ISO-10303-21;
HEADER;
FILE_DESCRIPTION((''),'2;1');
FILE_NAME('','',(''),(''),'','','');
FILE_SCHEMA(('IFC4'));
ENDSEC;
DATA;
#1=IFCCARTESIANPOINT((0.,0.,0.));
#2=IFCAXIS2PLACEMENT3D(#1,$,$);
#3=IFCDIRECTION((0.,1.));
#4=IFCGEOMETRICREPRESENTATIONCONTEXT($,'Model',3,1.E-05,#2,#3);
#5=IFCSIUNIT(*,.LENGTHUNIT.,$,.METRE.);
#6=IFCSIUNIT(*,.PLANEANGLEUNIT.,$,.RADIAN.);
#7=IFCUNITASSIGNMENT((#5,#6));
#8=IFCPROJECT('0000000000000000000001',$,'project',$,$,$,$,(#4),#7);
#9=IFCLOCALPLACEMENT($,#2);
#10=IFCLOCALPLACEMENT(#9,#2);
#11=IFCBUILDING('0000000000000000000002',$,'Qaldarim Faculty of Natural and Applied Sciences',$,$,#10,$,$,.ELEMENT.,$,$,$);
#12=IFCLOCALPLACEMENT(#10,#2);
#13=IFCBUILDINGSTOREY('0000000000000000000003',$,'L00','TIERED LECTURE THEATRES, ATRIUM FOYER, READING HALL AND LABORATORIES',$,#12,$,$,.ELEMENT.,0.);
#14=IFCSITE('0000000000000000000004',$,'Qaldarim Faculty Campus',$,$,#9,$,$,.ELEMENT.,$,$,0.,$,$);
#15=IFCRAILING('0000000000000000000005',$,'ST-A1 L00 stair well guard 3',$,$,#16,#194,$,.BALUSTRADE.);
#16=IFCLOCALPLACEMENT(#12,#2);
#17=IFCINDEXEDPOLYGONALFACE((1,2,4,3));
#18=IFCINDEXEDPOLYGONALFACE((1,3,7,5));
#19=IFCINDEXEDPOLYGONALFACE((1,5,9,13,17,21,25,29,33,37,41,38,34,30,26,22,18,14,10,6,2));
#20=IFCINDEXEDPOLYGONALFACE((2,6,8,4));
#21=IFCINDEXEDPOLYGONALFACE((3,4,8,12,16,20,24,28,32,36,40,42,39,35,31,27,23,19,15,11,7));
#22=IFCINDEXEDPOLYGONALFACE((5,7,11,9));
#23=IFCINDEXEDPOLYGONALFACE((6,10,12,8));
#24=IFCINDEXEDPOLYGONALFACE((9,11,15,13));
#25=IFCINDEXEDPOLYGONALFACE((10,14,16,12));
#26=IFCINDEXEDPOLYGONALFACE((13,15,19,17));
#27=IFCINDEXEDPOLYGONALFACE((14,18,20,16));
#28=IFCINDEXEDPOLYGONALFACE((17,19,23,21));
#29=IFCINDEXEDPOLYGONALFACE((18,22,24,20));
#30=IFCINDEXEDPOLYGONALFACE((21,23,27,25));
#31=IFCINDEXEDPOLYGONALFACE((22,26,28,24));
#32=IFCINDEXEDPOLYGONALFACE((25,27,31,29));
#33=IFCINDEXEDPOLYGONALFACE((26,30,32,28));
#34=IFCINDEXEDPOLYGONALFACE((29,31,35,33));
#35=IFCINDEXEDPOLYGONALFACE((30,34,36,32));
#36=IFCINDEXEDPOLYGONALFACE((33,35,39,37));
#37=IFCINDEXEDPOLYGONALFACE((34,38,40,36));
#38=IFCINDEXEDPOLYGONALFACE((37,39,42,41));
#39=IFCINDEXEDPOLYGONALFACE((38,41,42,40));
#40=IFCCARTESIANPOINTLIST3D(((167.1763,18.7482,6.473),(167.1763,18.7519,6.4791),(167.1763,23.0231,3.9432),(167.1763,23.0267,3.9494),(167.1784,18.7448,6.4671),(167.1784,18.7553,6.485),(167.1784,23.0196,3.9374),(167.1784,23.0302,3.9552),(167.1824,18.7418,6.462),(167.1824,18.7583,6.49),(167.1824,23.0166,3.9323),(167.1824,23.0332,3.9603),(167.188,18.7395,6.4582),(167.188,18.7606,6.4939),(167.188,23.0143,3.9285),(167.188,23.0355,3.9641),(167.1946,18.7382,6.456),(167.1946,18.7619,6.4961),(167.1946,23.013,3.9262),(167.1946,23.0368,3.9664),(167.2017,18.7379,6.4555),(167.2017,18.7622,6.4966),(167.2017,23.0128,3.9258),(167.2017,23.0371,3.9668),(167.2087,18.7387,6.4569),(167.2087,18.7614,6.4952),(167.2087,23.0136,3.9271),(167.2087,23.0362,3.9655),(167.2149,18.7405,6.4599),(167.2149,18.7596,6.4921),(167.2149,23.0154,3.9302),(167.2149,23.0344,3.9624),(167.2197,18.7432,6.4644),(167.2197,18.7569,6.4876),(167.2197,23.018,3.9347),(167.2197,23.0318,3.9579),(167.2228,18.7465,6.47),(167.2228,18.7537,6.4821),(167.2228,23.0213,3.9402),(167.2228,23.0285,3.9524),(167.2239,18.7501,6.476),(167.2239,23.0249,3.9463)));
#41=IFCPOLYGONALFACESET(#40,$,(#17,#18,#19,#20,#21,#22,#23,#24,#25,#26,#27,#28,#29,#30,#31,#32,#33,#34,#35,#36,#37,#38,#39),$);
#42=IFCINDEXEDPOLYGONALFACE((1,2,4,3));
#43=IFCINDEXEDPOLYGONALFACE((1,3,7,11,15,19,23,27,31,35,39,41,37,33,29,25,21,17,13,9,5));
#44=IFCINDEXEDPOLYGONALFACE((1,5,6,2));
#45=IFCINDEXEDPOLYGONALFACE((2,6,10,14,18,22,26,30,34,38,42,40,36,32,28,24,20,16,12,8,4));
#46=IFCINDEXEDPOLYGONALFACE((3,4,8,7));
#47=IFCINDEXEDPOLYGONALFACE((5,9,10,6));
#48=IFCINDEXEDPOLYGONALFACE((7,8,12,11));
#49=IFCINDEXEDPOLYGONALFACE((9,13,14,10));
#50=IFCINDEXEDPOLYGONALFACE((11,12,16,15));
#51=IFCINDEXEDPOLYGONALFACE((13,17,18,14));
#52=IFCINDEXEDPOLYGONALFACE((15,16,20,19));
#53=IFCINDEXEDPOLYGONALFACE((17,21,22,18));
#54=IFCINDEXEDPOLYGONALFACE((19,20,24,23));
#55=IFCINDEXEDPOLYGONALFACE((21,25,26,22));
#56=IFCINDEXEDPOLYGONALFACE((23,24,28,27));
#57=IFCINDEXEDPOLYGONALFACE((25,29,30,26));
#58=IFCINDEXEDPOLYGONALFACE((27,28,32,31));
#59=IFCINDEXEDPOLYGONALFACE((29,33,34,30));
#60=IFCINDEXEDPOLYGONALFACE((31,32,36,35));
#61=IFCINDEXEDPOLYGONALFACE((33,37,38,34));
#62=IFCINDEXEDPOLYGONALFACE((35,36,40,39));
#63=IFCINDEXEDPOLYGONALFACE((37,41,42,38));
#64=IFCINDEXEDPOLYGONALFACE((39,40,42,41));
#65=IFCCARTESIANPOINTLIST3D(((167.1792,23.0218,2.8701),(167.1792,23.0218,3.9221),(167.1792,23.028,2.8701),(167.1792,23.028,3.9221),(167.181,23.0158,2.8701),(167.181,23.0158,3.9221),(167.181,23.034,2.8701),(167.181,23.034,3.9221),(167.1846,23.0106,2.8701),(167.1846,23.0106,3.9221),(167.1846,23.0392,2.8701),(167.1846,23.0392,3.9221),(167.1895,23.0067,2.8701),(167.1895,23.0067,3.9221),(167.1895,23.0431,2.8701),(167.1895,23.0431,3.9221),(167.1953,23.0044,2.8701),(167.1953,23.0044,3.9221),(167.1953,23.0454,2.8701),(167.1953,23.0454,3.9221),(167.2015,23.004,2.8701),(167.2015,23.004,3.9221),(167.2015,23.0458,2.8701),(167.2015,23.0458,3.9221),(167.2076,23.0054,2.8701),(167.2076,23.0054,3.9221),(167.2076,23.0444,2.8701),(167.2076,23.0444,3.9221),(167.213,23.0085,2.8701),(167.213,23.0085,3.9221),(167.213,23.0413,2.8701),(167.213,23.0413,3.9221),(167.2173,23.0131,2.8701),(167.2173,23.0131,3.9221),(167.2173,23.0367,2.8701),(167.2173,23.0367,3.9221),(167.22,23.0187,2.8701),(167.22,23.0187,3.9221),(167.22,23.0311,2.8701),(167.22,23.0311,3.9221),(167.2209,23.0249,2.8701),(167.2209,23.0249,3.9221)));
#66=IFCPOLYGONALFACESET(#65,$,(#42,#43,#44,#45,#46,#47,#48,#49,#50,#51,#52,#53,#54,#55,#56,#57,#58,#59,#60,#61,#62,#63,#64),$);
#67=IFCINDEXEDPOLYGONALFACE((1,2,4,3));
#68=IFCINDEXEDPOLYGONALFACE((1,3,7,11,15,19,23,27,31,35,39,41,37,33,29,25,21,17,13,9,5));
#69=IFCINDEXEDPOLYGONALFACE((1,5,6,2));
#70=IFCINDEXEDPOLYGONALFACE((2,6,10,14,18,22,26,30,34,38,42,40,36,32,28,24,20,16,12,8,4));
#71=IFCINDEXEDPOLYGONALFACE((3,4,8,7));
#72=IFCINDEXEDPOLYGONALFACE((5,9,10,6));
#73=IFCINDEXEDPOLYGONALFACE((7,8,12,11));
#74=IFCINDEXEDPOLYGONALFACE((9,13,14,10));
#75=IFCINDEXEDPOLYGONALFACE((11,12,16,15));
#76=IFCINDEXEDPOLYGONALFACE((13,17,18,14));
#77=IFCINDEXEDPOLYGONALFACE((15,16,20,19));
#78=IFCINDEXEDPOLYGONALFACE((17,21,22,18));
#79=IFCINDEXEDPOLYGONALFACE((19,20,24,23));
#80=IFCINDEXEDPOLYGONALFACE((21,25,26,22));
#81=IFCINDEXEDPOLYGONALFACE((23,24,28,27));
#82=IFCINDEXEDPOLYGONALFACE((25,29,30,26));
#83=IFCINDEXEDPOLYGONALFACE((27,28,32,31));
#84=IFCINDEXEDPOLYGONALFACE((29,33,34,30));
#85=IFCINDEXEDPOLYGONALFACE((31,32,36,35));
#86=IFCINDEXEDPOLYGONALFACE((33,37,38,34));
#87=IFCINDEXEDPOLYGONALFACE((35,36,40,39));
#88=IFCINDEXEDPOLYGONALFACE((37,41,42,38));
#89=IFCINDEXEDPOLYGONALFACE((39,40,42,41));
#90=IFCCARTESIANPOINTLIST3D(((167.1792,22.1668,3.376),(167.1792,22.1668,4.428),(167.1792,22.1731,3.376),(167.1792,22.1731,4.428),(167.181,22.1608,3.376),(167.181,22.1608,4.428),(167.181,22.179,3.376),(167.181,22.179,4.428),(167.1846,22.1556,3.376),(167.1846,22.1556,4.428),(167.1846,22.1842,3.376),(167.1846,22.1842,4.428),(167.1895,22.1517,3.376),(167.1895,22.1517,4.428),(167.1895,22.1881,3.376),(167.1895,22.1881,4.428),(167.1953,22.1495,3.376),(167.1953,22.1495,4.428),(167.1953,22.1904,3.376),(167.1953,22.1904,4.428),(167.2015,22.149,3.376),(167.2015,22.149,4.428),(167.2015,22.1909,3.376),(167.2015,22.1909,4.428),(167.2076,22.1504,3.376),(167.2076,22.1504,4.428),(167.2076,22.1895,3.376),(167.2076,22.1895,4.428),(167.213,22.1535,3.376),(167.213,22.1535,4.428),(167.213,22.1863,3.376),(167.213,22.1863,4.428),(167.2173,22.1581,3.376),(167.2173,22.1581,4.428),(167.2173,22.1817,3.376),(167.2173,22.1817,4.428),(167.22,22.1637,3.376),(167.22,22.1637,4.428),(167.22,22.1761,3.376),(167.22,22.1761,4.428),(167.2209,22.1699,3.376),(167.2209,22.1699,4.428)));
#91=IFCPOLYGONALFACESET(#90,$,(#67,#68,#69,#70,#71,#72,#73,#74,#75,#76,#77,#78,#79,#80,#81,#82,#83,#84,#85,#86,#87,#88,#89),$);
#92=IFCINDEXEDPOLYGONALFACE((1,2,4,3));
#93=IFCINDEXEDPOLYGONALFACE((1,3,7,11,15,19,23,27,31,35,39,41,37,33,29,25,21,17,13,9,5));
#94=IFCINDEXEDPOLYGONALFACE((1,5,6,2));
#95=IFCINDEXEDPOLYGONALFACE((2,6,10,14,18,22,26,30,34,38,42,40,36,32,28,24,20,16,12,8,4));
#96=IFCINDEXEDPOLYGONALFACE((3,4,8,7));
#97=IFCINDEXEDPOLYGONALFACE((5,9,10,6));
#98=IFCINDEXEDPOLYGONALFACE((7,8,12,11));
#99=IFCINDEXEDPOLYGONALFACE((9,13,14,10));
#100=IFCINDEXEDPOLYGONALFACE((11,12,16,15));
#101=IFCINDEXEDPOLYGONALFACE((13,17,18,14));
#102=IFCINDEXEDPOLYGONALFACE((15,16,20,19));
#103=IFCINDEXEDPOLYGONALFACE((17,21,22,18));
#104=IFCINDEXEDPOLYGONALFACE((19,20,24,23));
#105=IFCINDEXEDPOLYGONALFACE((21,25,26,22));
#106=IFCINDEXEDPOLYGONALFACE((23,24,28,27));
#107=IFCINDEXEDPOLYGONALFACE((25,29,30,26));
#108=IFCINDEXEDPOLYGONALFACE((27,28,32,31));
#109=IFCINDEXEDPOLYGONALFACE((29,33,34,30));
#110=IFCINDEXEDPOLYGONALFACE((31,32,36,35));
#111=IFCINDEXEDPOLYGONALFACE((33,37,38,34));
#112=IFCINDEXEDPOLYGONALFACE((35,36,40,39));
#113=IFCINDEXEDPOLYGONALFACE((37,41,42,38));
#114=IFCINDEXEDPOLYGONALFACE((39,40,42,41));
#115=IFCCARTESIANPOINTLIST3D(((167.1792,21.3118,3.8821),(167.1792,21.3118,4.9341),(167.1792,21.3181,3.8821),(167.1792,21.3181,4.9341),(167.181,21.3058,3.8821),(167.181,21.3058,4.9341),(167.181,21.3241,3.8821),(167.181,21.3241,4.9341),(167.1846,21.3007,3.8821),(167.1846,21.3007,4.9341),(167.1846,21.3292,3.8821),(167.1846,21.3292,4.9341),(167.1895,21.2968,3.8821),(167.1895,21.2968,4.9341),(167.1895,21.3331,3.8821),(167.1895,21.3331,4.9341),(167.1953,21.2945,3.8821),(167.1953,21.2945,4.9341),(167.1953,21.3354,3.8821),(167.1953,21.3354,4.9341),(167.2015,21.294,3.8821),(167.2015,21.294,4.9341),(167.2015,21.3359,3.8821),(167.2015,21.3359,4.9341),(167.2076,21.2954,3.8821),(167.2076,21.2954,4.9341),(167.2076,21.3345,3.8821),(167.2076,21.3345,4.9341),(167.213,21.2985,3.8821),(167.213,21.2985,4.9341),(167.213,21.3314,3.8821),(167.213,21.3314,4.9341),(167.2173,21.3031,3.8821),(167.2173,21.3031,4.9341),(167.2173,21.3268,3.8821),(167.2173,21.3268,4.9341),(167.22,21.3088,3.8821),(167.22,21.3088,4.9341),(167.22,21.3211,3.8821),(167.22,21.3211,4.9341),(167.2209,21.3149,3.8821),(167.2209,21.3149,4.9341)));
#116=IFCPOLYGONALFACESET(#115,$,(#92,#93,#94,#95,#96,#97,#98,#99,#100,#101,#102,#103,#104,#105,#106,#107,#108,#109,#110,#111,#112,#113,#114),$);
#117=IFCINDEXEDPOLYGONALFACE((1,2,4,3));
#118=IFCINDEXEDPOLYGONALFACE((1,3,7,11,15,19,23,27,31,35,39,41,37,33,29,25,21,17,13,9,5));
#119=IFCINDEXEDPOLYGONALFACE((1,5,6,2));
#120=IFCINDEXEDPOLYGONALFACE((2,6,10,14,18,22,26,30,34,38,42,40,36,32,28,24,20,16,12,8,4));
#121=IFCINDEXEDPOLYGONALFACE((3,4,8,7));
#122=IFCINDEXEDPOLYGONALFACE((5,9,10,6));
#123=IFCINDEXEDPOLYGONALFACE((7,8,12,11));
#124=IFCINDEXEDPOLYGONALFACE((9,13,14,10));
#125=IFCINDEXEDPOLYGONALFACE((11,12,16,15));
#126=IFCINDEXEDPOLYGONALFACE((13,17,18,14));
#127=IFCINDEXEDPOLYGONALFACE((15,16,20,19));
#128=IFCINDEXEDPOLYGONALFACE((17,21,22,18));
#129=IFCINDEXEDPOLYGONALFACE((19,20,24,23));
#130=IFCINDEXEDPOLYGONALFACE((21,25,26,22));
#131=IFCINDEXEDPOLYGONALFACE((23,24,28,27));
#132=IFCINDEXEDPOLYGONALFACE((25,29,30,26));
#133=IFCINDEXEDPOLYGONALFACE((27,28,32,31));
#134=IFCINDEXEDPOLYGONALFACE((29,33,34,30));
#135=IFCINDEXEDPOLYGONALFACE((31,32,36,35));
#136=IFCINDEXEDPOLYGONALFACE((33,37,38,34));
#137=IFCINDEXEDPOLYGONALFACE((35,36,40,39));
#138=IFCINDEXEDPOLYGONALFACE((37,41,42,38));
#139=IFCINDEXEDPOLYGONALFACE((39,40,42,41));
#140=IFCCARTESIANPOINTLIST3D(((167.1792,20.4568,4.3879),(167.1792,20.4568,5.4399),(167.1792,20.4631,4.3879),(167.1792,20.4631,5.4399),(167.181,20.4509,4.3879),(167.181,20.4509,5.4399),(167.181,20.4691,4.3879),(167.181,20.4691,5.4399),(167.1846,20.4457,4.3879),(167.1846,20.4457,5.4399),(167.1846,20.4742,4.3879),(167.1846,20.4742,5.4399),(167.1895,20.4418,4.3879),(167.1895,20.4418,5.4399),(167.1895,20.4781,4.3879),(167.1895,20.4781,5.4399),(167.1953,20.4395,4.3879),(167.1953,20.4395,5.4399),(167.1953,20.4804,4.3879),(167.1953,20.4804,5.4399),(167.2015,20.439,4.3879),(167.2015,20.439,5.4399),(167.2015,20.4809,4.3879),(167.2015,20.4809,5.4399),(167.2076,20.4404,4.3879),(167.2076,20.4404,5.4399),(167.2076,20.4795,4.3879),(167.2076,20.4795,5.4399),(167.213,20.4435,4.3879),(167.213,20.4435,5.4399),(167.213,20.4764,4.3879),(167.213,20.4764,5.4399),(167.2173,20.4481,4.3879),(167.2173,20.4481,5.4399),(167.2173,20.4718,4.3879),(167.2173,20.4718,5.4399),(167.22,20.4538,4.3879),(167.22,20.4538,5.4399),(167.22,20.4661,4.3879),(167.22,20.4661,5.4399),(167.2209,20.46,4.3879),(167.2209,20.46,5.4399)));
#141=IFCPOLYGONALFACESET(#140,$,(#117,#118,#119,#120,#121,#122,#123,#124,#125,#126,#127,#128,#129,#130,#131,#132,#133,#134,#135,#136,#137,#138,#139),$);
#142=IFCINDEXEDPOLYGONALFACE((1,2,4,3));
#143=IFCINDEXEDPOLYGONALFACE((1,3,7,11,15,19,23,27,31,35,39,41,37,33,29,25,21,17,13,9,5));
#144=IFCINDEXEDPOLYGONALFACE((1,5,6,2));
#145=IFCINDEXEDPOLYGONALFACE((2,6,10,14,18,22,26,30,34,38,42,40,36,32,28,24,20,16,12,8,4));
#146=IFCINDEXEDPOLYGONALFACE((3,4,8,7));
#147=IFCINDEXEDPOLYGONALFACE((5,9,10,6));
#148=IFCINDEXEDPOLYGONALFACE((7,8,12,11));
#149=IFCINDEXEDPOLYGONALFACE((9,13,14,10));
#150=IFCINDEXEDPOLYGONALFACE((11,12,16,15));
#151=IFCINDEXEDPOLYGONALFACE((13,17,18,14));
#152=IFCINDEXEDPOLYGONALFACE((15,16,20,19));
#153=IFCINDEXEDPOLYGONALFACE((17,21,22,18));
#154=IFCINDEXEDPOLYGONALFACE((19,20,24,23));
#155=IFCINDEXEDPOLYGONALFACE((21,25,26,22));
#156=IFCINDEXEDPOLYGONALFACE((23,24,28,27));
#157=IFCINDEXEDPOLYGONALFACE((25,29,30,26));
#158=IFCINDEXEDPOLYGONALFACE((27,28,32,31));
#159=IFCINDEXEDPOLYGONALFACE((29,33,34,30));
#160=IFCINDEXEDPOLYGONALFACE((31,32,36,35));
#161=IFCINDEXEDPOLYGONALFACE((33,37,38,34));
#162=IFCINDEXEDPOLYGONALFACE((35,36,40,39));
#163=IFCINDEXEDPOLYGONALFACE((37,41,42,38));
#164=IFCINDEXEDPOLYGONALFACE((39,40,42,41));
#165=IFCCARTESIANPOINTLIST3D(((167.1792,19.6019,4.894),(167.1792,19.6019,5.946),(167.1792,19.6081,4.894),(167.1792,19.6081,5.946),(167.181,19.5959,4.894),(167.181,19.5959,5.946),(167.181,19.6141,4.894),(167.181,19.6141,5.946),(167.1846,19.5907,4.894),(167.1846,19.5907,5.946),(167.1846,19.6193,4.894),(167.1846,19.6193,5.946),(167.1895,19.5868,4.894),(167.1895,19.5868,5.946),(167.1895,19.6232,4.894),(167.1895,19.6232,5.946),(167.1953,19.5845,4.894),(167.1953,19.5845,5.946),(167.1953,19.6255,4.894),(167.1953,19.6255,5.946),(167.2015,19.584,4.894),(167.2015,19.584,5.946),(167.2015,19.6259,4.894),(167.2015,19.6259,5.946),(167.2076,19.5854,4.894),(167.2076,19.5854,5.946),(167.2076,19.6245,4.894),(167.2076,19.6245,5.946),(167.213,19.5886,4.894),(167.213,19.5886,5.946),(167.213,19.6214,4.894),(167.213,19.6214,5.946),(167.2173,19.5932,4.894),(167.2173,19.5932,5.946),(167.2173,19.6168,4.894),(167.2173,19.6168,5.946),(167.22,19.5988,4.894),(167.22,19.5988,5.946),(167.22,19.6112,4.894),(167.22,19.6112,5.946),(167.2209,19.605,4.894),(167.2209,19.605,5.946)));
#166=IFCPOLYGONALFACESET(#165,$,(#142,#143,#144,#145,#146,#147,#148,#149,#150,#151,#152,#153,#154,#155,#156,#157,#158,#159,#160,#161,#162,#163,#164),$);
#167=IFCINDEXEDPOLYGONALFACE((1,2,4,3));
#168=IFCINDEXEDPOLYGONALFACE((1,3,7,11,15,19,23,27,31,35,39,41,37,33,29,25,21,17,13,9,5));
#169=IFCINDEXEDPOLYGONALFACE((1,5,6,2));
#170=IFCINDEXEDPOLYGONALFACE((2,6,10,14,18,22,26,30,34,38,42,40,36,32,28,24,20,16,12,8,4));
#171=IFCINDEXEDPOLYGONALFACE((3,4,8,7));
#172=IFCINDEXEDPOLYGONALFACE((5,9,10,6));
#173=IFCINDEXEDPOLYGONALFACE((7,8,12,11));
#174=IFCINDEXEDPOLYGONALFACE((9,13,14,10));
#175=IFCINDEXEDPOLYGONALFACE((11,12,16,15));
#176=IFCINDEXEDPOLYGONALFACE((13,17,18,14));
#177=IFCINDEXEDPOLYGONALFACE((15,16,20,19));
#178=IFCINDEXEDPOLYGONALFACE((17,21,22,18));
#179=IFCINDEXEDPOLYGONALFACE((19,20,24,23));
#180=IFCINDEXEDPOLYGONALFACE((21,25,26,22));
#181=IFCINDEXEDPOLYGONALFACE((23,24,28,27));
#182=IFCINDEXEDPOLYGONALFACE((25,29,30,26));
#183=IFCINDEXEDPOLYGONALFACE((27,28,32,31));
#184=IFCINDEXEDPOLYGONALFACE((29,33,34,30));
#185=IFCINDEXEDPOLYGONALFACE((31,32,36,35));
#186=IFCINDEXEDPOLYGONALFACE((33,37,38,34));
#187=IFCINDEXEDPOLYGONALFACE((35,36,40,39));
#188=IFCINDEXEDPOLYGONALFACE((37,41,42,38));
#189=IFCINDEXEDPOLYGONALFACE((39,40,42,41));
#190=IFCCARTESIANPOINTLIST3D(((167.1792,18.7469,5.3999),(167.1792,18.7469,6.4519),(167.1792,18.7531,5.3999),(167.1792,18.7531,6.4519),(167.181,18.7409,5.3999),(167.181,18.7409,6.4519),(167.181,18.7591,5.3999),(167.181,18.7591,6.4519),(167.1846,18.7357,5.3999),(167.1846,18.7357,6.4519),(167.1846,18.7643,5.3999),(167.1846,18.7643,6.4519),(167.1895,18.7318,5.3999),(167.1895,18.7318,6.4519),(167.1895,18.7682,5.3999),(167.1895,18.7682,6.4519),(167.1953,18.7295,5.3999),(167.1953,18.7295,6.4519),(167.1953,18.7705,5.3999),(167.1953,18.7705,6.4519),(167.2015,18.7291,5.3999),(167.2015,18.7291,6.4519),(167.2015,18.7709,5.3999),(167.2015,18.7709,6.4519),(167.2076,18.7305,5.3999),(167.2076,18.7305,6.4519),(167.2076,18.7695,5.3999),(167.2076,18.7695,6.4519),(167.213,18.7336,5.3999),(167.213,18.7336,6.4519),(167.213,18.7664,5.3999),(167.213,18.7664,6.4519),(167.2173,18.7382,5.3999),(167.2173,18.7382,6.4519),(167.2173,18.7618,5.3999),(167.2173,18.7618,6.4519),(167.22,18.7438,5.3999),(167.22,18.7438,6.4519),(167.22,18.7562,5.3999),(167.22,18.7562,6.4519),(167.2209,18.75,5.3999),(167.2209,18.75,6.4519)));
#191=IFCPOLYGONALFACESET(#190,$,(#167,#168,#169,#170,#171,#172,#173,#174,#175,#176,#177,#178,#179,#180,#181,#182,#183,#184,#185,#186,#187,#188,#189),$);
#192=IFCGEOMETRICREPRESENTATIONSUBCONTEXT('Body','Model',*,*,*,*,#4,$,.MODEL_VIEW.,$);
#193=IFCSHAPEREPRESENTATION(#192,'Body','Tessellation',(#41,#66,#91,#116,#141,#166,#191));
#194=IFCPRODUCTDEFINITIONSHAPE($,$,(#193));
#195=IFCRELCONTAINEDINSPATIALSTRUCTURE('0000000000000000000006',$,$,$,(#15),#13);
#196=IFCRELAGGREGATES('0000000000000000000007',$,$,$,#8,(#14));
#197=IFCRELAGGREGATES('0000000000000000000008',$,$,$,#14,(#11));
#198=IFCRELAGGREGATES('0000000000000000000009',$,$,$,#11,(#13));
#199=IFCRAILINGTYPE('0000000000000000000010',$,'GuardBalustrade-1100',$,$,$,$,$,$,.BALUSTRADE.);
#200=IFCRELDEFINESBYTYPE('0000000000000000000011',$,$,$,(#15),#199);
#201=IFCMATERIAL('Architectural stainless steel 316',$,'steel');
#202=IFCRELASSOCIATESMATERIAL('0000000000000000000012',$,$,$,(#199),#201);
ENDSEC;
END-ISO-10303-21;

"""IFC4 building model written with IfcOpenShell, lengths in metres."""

from ifc_helpers import new_model, si_unit, direction, frame, origin, origin_2d, place, context, subcontext, project, spatial, circle, extrude, material, type_object, element, save


model = new_model("IFC4")

# Units and contexts
model_context = context("Model", 3, precision=1e-05, world=origin(), true_north=direction((0.0, 1.0)))
body_context = subcontext(model_context, "Body", "Model", "MODEL_VIEW")
ifc_project = project(units=[si_unit("LENGTHUNIT", "METRE"), si_unit("PLANEANGLEUNIT", "RADIAN")], contexts=[model_context])

# Site, building, storey
site_placement = place(None, origin())
site = spatial("IfcSite", under=ifc_project, at=site_placement, Name="Qaldarim Faculty Campus", CompositionType="ELEMENT", RefElevation=0.0)
building_placement = place(site_placement, origin())
building = spatial("IfcBuilding", under=site, at=building_placement, Name="Qaldarim Faculty of Natural and Applied Sciences", CompositionType="ELEMENT")
storey_placement = place(building_placement, origin())
storey = spatial("IfcBuildingStorey", under=building, at=storey_placement, Name="L00", Description="TIERED LECTURE THEATRES, ATRIUM FOYER, READING HALL AND LABORATORIES", CompositionType="ELEMENT", Elevation=0.0)

# Shared definitions
ifc_material_1 = material(Name="Architectural stainless steel 316", Category="steel")

# Railing
railing_type_1 = type_object("IfcRailingType", Name="GuardBalustrade-1100", PredefinedType="BALUSTRADE", material=ifc_material_1)
railing_1_placement = place(storey_placement, frame((167.2, 23.0249, 2.8701)))
element("IfcRailing", 1, at=railing_1_placement, inside=storey, type_object=railing_type_1, Name="ST-A1 L00 stair well guard 3", PredefinedType="BALUSTRADE", context=body_context, shape_type="SweptSolid", body=[
    extrude(circle(Radius=0.0239, at=origin_2d()), frame((0.0, 0.0, 1.0762), z_axis=(0.0, -0.8606, 0.509282), x_axis=(1.0, 0.0, 0.0)), (0.0, 0.0, 1.0), 4.9673),
    extrude(circle(Radius=0.021, at=origin_2d()), origin(), (0.0, 0.0, 1.0), 1.052),
    extrude(circle(Radius=0.021, at=origin_2d()), frame((0.0, -0.855, 0.5059)), (0.0, 0.0, 1.0), 1.052),
    extrude(circle(Radius=0.021, at=origin_2d()), frame((0.0, -1.71, 1.012)), (0.0, 0.0, 1.0), 1.052),
    extrude(circle(Radius=0.021, at=origin_2d()), frame((0.0, -2.5649, 1.5178)), (0.0, 0.0, 1.0), 1.052),
    extrude(circle(Radius=0.021, at=origin_2d()), frame((0.0, -3.4199, 2.0239)), (0.0, 0.0, 1.0), 1.052),
    extrude(circle(Radius=0.021, at=origin_2d()), frame((0.0, -4.2749, 2.5298)), (0.0, 0.0, 1.0), 1.052),
])

save(model, "model.ifc")
